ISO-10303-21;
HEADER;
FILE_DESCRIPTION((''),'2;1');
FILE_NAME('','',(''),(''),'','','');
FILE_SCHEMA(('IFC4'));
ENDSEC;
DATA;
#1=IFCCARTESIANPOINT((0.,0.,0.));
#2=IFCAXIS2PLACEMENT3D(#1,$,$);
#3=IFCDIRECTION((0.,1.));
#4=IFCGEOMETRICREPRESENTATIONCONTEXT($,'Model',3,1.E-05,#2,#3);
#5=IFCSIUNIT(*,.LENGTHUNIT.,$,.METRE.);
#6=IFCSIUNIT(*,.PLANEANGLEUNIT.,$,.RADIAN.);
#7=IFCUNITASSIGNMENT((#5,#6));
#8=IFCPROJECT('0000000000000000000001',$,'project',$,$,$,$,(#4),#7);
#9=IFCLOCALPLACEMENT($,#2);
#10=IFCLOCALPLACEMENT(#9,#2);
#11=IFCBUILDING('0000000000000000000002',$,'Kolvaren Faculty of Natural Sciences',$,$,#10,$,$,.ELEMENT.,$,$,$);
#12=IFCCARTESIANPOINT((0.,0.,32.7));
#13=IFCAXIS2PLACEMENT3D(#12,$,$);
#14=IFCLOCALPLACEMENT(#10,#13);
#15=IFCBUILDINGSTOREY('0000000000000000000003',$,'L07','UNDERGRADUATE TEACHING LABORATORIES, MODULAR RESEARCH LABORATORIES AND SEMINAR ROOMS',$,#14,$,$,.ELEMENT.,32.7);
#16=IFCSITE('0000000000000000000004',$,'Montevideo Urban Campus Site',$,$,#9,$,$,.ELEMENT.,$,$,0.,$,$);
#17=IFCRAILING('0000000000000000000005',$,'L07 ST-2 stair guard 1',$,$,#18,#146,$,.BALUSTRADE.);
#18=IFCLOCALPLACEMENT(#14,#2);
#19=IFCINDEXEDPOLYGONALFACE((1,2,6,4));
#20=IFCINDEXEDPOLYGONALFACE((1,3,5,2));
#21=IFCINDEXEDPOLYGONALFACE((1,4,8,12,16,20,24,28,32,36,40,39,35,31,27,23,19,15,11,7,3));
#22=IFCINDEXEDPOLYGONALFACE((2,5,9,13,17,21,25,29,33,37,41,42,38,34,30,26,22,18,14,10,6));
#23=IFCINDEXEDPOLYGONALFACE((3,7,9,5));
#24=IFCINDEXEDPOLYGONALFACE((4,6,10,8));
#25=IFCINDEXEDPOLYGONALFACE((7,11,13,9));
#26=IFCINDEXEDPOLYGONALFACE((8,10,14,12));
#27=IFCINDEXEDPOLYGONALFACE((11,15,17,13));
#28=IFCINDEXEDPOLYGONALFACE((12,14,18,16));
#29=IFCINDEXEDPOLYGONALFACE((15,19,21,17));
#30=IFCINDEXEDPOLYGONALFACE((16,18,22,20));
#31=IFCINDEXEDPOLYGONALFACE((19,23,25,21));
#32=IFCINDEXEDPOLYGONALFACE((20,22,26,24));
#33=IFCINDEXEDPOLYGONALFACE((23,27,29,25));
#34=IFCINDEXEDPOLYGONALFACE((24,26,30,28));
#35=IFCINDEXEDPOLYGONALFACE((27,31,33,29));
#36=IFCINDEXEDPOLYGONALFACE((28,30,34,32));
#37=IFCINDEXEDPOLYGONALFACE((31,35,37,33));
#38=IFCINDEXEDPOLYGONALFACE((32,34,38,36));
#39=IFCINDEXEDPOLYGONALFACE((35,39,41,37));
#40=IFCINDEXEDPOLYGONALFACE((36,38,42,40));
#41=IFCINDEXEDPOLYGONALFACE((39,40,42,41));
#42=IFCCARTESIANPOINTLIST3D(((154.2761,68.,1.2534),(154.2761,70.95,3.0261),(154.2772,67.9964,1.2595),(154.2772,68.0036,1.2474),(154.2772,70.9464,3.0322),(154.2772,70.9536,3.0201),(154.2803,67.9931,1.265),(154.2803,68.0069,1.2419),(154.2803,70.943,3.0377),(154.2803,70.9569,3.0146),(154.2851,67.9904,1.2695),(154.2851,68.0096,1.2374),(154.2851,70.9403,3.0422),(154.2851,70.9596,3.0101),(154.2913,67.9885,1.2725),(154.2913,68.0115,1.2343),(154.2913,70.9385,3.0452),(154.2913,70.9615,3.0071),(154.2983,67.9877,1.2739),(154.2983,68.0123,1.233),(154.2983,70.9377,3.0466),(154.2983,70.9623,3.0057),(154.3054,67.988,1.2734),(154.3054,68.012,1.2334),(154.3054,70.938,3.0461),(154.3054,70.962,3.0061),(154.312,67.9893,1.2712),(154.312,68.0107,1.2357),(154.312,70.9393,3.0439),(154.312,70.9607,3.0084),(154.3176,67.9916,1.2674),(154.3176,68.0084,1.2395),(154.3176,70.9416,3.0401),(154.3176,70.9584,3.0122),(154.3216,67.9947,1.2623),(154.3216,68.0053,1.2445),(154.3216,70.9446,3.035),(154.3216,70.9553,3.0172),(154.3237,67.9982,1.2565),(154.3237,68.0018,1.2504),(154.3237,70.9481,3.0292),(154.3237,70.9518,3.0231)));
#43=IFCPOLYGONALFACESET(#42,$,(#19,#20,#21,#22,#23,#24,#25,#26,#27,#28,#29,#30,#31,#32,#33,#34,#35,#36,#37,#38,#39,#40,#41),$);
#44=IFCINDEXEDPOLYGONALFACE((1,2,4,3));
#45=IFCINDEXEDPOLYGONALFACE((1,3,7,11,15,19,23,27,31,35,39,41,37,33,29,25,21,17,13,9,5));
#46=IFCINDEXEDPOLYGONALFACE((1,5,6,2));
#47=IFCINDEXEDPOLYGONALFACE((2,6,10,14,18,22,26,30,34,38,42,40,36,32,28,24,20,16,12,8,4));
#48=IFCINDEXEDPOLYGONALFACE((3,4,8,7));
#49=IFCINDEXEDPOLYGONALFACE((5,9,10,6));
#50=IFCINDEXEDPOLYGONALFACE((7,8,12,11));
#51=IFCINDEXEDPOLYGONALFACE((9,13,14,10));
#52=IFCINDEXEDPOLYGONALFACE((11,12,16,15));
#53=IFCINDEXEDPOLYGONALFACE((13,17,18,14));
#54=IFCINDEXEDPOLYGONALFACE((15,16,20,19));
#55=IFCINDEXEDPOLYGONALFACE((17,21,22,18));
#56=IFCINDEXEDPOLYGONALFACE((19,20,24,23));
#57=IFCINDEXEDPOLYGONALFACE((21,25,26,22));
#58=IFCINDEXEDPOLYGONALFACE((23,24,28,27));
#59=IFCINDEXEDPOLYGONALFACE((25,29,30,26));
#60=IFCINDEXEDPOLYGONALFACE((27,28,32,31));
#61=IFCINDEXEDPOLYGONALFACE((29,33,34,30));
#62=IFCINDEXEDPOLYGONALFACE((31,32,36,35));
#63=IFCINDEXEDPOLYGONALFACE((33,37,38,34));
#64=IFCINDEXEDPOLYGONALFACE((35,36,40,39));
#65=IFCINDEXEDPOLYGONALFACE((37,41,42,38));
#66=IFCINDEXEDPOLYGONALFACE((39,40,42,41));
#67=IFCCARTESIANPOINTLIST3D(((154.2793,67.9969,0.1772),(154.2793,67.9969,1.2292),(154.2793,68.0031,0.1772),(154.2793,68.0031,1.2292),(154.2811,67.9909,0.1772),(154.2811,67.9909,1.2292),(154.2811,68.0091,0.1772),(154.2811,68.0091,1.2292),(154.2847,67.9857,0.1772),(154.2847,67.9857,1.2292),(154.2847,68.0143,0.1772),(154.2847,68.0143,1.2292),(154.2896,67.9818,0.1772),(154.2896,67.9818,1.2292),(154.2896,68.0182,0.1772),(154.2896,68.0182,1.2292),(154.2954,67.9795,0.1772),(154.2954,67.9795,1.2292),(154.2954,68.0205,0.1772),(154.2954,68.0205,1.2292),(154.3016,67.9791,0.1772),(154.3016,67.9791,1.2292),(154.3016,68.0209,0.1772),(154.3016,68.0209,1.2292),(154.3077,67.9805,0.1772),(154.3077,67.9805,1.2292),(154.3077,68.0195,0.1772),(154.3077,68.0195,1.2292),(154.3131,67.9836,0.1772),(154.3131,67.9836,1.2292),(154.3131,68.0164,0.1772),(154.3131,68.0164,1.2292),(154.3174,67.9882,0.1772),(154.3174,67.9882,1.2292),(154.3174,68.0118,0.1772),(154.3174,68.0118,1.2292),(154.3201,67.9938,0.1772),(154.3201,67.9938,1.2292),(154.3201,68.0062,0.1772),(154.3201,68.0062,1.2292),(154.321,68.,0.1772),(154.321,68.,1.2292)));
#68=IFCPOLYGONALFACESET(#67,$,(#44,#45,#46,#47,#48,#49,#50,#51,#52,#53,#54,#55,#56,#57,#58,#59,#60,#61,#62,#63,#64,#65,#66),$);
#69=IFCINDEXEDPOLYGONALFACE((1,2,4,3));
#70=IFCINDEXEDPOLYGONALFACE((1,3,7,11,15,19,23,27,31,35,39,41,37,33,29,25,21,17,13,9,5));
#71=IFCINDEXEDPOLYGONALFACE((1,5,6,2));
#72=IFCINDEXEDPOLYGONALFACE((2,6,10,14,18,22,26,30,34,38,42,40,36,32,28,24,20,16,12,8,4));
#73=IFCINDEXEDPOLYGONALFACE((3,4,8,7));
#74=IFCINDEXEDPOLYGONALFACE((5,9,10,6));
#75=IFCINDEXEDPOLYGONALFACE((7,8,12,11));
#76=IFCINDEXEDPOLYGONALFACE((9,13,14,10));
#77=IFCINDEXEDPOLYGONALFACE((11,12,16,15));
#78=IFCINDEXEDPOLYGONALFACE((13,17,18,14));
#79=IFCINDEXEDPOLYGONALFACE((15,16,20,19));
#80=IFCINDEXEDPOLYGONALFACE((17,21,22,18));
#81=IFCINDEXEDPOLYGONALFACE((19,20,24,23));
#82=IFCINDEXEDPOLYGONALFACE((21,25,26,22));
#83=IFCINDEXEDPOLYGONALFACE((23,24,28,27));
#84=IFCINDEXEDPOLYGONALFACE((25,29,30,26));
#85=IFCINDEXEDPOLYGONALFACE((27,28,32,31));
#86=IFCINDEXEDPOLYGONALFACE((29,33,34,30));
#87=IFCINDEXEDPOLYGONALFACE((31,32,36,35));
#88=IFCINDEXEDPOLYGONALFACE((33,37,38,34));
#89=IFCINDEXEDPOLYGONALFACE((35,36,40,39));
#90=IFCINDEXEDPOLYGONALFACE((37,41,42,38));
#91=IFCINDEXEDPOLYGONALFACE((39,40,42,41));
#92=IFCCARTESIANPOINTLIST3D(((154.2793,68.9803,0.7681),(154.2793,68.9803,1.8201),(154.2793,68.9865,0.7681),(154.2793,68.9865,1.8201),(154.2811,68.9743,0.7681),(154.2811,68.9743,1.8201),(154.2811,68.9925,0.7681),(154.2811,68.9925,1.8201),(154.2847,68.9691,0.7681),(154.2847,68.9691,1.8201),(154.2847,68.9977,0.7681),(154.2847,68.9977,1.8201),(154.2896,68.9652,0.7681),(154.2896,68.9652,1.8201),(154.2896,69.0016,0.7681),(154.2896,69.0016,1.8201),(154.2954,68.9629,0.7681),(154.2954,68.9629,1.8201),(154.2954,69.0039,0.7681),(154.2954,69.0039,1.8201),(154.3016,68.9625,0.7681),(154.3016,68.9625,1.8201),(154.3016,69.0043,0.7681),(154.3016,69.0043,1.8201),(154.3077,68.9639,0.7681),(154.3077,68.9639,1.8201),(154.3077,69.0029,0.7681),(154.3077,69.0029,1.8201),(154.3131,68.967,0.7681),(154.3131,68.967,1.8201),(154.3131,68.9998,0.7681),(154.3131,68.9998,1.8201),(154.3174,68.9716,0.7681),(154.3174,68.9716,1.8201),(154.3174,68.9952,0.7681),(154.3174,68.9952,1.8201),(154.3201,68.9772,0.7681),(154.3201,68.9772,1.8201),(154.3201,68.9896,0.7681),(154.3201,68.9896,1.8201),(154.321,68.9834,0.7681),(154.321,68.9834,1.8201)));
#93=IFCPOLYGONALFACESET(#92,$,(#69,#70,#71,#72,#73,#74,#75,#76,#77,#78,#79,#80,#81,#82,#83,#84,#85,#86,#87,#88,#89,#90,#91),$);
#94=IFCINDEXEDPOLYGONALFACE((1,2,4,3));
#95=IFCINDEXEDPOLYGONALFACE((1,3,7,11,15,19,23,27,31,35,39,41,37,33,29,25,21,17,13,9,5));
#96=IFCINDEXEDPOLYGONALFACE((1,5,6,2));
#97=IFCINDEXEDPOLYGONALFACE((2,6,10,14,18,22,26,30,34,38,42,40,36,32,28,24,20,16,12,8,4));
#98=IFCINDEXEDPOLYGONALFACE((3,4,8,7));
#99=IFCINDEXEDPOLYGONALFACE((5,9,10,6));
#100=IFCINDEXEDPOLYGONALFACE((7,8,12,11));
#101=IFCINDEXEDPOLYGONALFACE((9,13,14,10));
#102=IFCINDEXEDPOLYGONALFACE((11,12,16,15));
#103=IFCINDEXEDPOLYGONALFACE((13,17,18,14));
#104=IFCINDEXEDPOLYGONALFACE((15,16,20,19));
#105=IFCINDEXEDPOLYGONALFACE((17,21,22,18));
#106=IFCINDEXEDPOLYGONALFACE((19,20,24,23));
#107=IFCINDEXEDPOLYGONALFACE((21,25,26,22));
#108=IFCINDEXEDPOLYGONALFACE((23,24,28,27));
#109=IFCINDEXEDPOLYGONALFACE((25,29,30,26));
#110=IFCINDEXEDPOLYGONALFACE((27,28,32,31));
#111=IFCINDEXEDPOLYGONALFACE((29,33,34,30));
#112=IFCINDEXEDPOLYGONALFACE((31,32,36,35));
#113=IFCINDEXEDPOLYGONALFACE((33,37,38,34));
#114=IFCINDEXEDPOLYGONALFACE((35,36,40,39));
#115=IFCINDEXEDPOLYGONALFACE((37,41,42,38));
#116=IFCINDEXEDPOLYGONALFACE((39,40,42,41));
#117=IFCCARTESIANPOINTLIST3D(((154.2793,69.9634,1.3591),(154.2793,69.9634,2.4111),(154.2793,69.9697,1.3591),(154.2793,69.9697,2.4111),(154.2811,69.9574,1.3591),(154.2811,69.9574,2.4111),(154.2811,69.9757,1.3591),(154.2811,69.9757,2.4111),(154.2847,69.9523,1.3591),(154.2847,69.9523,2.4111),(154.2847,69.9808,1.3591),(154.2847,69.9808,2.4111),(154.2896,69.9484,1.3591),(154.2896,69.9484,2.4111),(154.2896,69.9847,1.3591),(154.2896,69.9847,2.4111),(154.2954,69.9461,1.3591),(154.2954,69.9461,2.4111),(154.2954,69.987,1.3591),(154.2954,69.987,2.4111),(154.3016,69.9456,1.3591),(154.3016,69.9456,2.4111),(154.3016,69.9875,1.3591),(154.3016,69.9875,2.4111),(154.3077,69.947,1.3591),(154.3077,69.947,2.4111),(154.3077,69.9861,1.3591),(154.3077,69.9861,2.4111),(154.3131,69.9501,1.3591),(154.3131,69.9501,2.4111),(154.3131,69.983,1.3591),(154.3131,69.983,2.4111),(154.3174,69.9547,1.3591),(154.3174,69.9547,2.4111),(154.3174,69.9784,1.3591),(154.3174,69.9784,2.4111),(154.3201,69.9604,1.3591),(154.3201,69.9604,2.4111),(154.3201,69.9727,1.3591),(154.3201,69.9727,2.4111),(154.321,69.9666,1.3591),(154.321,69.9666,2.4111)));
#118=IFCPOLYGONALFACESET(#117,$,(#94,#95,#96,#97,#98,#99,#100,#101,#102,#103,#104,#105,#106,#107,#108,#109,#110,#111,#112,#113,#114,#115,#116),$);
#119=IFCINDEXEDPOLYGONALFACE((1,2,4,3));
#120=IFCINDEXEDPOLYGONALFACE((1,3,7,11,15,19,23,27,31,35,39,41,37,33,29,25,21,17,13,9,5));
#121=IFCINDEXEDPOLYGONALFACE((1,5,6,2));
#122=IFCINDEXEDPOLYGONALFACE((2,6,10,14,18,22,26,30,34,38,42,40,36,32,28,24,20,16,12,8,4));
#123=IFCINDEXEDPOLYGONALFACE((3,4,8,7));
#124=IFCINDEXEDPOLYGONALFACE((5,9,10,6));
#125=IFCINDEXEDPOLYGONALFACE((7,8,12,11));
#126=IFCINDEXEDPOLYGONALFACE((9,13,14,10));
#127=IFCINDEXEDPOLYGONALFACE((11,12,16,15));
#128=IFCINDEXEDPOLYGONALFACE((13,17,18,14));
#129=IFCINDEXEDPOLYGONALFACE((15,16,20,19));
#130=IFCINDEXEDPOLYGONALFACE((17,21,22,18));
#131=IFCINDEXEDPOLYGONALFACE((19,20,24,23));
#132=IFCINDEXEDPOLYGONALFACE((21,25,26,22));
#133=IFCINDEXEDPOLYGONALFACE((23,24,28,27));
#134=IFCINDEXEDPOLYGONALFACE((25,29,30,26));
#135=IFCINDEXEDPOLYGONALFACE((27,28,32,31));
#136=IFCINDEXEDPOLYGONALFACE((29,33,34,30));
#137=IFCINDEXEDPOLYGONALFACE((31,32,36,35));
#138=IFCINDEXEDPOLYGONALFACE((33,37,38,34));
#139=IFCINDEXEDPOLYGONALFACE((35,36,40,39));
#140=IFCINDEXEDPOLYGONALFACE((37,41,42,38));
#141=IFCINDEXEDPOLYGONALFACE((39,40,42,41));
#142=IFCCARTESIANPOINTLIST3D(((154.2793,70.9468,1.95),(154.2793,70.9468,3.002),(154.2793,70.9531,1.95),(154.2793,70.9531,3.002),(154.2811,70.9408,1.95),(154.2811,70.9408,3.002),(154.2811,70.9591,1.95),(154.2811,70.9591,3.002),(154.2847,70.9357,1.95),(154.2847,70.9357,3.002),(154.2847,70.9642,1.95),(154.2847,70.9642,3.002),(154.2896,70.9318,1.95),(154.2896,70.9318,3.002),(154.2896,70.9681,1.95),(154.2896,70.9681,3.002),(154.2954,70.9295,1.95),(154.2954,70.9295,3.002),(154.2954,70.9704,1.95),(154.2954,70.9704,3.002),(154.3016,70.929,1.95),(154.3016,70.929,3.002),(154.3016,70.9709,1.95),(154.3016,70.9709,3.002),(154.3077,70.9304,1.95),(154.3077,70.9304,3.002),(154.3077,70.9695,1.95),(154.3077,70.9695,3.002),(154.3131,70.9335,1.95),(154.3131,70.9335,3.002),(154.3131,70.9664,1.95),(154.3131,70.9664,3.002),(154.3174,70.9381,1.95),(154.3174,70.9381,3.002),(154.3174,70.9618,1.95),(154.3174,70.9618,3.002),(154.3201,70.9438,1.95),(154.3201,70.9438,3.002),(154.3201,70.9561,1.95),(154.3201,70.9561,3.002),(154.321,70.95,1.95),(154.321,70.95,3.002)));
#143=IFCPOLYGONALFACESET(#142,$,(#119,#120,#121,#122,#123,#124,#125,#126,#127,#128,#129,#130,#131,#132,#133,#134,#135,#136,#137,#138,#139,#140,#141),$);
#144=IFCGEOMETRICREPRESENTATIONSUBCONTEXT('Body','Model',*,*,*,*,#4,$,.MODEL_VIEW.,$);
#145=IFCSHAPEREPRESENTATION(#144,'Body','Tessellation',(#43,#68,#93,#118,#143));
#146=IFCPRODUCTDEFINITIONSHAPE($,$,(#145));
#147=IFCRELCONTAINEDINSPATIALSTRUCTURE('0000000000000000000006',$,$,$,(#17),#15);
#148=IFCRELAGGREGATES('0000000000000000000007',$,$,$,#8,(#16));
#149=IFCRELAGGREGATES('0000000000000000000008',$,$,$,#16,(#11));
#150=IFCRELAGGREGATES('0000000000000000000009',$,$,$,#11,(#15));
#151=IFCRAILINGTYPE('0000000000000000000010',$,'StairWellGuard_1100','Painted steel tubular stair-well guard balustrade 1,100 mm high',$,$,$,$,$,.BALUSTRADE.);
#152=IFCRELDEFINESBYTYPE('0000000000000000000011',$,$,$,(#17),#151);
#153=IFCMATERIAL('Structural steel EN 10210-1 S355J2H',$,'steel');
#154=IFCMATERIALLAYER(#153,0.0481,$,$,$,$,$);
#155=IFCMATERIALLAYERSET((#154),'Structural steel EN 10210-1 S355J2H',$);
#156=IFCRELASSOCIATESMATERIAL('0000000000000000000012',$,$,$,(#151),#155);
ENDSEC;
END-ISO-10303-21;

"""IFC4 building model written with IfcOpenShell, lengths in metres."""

from ifc_helpers import new_model, si_unit, direction, frame, origin, origin_2d, place, context, subcontext, project, spatial, circle, extrude, material, layer, layer_set, type_object, element, save


model = new_model("IFC4")

# Units and contexts
model_context = context("Model", 3, precision=1e-05, world=origin(), true_north=direction((0.0, 1.0)))
body_context = subcontext(model_context, "Body", "Model", "MODEL_VIEW")
ifc_project = project(units=[si_unit("LENGTHUNIT", "METRE"), si_unit("PLANEANGLEUNIT", "RADIAN")], contexts=[model_context])

# Site, building, storey
site_placement = place(None, origin())
site = spatial("IfcSite", under=ifc_project, at=site_placement, Name="Montevideo Urban Campus Site", CompositionType="ELEMENT", RefElevation=0.0)
building_placement = place(site_placement, origin())
building = spatial("IfcBuilding", under=site, at=building_placement, Name="Kolvaren Faculty of Natural Sciences", CompositionType="ELEMENT")
storey_placement = place(building_placement, frame((0.0, 0.0, 32.7)))
storey = spatial("IfcBuildingStorey", under=building, at=storey_placement, Name="L07", Description="UNDERGRADUATE TEACHING LABORATORIES, MODULAR RESEARCH LABORATORIES AND SEMINAR ROOMS", CompositionType="ELEMENT", Elevation=32.7)

# Railing
ifc_material_1 = material(Name="Structural steel EN 10210-1 S355J2H", Category="steel")
ifc_layer_1 = layer(ifc_material_1, 0.0481)
ifc_layer_set_1 = layer_set([ifc_layer_1], Name="Structural steel EN 10210-1 S355J2H")
railing_type_1 = type_object("IfcRailingType", Name="StairWellGuard_1100", Description="Painted steel tubular stair-well guard balustrade 1,100 mm high", PredefinedType="BALUSTRADE", material=ifc_layer_set_1)
railing_1_placement = place(storey_placement, frame((154.3, 68.0, 0.1772)))
element("IfcRailing", 1, at=railing_1_placement, inside=storey, type_object=railing_type_1, Name="L07 ST-2 stair guard 1", PredefinedType="BALUSTRADE", context=body_context, shape_type="SweptSolid", body=[
    extrude(circle(Radius=0.0239, at=origin_2d()), frame((0.0, 0.0, 1.0762), z_axis=(0.0, 0.857142, 0.51508), x_axis=(-1.0, 0.0, 0.0)), (0.0, 0.0, 1.0), 3.4417),
    extrude(circle(Radius=0.021, at=origin_2d()), origin(), (0.0, 0.0, 1.0), 1.052),
    extrude(circle(Radius=0.021, at=origin_2d()), frame((0.0, 0.9834, 0.5908)), (0.0, 0.0, 1.0), 1.052),
    extrude(circle(Radius=0.021, at=origin_2d()), frame((0.0, 1.9666, 1.1819)), (0.0, 0.0, 1.0), 1.052),
    extrude(circle(Radius=0.021, at=origin_2d()), frame((0.0, 2.95, 1.7727)), (0.0, 0.0, 1.0), 1.052),
])

save(model, "model.ifc")
